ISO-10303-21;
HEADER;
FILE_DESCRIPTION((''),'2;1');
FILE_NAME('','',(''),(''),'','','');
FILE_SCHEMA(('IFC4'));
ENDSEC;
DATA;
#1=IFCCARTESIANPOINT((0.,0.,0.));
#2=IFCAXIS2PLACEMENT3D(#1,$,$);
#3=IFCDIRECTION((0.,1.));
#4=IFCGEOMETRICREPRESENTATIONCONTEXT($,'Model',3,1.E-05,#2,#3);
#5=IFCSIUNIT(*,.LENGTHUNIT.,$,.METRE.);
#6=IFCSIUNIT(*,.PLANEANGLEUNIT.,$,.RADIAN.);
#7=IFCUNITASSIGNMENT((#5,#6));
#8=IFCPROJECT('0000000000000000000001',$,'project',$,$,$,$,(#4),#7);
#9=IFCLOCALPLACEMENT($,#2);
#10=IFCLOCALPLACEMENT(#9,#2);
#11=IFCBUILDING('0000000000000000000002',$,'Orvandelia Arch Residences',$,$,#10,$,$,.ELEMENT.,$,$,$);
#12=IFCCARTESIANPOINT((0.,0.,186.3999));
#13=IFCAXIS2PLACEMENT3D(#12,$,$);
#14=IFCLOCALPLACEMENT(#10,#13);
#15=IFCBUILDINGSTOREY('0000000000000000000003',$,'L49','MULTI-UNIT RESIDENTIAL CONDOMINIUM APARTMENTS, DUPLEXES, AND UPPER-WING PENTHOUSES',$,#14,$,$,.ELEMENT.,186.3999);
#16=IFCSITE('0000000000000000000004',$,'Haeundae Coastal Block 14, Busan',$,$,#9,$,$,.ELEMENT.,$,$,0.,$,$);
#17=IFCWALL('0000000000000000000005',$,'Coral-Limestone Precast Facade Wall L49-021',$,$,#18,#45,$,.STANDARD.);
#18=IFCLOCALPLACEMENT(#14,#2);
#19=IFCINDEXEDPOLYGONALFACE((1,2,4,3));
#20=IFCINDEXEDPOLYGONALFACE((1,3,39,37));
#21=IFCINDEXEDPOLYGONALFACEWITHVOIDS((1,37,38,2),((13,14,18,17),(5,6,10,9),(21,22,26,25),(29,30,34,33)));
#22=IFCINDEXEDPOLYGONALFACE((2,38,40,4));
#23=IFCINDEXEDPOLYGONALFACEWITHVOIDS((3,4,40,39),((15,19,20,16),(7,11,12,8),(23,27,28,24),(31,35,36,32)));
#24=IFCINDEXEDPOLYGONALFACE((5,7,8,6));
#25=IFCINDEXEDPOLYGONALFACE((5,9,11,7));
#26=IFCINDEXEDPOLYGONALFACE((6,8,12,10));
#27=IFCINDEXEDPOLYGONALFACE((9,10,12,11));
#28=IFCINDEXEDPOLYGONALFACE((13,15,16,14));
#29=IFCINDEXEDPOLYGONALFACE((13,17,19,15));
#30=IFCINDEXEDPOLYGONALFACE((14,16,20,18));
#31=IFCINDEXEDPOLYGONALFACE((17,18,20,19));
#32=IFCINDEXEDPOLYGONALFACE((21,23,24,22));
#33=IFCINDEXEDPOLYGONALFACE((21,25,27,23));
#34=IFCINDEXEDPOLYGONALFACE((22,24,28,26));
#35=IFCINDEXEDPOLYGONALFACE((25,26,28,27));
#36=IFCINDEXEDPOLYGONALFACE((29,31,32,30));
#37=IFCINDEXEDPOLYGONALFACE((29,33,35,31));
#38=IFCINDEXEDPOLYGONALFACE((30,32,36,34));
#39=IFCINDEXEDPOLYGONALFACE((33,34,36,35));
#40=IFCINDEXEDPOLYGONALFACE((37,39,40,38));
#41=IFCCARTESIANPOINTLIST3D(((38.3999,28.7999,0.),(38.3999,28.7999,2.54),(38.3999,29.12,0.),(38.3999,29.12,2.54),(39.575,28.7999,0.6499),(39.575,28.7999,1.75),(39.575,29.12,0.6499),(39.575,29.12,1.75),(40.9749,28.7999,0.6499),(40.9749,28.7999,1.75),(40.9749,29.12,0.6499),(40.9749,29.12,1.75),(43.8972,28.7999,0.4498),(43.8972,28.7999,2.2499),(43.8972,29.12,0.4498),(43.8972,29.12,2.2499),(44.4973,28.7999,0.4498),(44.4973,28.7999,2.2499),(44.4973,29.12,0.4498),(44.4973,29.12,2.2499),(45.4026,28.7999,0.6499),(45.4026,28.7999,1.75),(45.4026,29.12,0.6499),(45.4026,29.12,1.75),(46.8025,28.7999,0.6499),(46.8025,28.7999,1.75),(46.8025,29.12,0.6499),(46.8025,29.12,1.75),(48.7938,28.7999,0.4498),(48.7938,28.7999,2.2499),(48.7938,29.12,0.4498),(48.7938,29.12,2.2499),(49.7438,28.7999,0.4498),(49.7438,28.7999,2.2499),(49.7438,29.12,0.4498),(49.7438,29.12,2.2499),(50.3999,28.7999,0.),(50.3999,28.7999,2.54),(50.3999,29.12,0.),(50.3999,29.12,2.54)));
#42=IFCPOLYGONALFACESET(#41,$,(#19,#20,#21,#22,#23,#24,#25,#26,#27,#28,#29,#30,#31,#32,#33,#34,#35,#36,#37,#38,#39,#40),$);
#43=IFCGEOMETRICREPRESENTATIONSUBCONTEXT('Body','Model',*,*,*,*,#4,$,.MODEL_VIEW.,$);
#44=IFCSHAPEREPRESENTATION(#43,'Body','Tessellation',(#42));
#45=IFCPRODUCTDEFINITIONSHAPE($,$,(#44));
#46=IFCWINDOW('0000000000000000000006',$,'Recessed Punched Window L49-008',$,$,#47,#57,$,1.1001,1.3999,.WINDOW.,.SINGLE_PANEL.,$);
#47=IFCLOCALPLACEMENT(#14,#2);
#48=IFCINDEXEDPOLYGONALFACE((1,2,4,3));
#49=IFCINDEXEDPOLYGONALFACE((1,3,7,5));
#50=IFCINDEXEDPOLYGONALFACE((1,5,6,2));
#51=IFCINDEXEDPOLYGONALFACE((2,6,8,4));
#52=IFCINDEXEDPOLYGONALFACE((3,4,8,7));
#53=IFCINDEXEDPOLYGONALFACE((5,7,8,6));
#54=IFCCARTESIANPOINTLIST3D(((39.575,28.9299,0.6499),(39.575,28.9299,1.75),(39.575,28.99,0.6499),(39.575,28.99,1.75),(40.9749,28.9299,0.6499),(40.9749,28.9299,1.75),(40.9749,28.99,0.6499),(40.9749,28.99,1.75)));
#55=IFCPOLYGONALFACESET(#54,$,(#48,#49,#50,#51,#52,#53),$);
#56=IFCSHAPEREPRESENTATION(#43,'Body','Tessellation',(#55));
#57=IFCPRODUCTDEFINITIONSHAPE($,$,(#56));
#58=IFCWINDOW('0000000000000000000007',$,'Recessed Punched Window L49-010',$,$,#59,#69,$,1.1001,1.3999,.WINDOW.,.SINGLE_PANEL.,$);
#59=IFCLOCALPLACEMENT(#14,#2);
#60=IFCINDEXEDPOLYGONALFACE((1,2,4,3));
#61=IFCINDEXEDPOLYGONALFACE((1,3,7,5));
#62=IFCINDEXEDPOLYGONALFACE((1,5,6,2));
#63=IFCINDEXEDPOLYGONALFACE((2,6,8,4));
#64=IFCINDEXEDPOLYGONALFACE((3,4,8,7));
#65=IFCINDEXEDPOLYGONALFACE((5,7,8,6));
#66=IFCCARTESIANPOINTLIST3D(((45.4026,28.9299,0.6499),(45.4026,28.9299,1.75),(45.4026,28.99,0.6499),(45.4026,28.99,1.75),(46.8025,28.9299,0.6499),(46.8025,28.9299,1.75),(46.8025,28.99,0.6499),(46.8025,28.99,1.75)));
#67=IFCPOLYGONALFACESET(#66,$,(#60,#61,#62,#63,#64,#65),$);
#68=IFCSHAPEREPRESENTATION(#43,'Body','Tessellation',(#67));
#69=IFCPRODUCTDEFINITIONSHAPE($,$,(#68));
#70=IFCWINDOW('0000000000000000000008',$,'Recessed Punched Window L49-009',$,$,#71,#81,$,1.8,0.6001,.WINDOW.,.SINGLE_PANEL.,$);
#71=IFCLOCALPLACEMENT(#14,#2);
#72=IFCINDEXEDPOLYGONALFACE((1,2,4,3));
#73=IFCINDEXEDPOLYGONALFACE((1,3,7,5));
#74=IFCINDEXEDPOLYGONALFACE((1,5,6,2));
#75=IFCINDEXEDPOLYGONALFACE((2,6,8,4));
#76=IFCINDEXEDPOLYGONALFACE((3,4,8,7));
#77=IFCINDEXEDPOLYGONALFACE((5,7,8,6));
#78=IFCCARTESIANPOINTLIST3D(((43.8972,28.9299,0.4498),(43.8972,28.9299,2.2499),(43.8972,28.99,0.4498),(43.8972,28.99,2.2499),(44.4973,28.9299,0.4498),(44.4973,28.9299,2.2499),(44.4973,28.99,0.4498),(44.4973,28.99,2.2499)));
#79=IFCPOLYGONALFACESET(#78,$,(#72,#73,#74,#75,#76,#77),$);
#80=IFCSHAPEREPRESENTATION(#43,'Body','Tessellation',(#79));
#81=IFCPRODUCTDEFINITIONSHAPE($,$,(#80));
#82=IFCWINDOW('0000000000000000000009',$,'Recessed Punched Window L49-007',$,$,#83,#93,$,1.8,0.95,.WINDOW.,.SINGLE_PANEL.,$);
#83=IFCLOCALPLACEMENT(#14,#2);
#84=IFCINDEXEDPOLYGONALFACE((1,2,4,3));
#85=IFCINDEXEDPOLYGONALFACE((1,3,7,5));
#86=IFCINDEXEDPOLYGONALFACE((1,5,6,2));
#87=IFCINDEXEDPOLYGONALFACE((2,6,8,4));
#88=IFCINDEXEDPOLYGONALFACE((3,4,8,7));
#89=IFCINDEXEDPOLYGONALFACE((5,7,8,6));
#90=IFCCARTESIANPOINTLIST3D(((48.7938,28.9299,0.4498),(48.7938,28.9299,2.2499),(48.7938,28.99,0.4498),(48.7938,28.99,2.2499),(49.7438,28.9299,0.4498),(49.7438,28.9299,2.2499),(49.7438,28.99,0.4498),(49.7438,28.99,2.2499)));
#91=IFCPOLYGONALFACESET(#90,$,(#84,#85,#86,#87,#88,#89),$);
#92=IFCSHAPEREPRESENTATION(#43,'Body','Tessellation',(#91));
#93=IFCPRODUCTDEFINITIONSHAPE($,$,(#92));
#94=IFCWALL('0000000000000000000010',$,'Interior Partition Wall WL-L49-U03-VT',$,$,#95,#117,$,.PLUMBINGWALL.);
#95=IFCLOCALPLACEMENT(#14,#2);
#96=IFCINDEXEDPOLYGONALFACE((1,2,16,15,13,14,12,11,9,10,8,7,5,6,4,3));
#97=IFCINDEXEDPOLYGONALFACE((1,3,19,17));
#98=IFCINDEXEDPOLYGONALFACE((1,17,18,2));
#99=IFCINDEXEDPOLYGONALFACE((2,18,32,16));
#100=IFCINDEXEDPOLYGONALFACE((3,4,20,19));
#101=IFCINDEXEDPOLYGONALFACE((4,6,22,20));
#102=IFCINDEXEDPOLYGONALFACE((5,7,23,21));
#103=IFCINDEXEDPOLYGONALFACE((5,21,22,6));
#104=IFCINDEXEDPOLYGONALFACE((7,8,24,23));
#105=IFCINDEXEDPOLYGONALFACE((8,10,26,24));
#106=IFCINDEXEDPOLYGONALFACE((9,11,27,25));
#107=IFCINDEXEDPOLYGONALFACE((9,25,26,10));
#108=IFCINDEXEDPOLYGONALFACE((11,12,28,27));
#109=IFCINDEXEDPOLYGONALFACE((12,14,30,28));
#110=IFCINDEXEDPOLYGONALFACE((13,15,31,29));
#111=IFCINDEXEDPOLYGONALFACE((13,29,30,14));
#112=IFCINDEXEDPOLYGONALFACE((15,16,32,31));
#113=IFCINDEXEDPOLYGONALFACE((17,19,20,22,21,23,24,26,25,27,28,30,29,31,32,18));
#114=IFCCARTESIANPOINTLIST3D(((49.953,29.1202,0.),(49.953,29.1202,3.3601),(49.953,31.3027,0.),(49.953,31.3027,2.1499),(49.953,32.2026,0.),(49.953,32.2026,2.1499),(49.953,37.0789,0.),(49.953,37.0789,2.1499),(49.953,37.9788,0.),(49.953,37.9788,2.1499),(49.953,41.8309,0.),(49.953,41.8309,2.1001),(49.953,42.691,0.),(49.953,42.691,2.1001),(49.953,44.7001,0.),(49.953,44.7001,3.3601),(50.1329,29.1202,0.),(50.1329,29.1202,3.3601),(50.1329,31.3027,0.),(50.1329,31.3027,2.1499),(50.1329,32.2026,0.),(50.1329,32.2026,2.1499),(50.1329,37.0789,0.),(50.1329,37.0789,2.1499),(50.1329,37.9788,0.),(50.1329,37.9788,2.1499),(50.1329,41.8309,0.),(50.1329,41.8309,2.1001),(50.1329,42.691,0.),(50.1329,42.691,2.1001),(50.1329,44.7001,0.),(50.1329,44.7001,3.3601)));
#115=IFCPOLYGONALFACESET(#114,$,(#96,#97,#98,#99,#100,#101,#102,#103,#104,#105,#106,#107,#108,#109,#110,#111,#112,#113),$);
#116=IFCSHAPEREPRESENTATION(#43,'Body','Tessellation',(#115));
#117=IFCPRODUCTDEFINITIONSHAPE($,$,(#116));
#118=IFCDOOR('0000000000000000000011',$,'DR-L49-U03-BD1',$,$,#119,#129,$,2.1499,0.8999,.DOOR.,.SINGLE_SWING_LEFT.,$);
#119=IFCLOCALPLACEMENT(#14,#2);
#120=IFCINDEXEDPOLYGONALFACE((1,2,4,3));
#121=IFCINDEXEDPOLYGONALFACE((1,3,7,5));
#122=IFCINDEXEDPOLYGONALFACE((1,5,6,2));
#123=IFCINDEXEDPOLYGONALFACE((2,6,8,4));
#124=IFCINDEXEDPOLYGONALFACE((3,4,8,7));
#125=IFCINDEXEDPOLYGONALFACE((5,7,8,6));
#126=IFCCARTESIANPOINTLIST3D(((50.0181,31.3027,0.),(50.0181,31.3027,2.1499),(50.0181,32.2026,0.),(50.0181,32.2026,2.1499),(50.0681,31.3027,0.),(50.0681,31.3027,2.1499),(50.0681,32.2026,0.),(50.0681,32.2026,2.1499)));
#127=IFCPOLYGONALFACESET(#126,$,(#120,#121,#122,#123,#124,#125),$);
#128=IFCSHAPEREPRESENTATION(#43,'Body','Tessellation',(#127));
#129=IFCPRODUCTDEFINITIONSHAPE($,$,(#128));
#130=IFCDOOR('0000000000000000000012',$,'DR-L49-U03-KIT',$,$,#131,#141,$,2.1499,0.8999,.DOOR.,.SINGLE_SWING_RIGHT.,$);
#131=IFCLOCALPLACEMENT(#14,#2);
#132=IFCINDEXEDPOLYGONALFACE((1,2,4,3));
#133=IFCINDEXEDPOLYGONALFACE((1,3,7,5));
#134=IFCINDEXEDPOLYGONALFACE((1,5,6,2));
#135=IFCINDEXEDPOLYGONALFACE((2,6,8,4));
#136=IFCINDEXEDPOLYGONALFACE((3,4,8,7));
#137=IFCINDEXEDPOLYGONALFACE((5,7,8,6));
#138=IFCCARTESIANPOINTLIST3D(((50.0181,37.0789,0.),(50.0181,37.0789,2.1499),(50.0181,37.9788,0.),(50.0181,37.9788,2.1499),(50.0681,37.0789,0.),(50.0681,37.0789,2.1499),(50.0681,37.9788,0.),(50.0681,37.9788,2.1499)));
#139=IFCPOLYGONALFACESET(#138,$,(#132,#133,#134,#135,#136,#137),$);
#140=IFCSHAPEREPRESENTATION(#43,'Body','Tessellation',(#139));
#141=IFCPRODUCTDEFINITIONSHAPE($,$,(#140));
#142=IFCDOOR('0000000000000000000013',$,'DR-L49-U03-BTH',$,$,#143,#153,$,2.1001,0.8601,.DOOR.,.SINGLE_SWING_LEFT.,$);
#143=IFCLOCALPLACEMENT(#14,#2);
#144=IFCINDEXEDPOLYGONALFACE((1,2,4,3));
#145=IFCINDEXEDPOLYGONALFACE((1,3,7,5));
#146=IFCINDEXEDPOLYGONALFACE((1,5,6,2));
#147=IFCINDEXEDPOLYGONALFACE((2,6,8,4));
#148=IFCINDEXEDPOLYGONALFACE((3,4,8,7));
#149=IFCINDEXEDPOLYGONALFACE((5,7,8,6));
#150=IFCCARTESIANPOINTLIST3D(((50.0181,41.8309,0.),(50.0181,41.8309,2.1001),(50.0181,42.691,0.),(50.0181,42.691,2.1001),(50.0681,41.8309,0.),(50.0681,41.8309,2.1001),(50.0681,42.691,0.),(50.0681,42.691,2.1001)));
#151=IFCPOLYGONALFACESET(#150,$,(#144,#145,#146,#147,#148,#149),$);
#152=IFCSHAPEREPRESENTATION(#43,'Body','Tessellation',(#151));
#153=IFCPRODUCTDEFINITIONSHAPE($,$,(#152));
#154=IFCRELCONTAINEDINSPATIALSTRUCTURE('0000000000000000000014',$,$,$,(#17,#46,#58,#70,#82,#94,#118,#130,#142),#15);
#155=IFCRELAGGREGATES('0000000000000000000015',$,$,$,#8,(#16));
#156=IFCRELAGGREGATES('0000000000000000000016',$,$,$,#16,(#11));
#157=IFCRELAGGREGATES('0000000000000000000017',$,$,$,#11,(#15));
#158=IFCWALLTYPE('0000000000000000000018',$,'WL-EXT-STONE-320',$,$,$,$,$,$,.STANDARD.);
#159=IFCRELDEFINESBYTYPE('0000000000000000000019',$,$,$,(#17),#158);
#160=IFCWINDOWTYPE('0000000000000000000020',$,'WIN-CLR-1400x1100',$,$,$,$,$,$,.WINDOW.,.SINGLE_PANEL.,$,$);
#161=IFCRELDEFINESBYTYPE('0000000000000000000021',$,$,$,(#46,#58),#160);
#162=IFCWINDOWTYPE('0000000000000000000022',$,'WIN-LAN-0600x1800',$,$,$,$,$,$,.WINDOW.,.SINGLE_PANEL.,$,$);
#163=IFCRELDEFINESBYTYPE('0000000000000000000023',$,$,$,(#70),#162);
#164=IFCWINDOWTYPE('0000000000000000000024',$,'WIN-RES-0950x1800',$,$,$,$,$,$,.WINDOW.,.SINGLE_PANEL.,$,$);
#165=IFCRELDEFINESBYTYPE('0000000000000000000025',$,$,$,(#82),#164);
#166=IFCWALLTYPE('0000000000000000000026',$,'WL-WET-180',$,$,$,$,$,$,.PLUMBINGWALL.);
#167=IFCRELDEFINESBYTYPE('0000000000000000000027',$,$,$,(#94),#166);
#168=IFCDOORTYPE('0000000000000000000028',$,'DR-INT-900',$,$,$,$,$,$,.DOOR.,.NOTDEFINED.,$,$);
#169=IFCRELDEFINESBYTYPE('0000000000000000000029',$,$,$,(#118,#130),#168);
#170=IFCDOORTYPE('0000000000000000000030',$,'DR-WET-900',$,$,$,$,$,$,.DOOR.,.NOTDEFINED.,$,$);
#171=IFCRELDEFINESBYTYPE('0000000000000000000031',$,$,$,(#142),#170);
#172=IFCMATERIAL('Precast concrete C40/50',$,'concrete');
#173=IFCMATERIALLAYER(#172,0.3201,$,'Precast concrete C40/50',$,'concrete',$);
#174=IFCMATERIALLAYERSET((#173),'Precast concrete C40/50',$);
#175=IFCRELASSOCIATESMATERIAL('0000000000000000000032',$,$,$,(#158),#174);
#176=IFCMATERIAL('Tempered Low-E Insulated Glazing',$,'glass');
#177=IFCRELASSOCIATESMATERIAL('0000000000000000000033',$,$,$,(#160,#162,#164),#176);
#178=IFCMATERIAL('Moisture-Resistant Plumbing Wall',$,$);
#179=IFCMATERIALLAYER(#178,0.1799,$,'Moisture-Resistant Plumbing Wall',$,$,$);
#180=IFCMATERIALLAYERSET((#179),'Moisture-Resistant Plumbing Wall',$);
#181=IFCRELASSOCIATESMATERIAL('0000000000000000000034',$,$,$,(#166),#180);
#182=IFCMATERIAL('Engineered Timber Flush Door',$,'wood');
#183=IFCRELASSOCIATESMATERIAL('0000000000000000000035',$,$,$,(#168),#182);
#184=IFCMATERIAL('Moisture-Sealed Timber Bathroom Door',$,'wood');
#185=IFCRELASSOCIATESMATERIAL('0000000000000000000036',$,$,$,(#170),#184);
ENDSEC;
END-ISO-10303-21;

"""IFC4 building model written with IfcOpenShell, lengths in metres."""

from ifc_helpers import new_model, si_unit, direction, frame, frame_2d, origin, place, context, subcontext, project, spatial, rectangle, extrude, material, layer, layer_set, type_object, element, fill, save


model = new_model("IFC4")

# Units and contexts
model_context = context("Model", 3, precision=1e-05, world=origin(), true_north=direction((0.0, 1.0)))
body_context = subcontext(model_context, "Body", "Model", "MODEL_VIEW")
ifc_project = project(units=[si_unit("LENGTHUNIT", "METRE"), si_unit("PLANEANGLEUNIT", "RADIAN")], contexts=[model_context])

# Site, building, storey
site_placement = place(None, origin())
site = spatial("IfcSite", under=ifc_project, at=site_placement, Name="Haeundae Coastal Block 14, Busan", CompositionType="ELEMENT", RefElevation=0.0)
building_placement = place(site_placement, origin())
building = spatial("IfcBuilding", under=site, at=building_placement, Name="Orvandelia Arch Residences", CompositionType="ELEMENT")
storey_placement = place(building_placement, frame((0.0, 0.0, 186.3999)))
storey = spatial("IfcBuildingStorey", under=building, at=storey_placement, Name="L49", Description="MULTI-UNIT RESIDENTIAL CONDOMINIUM APARTMENTS, DUPLEXES, AND UPPER-WING PENTHOUSES", CompositionType="ELEMENT", Elevation=186.3999)

# Shared definitions
ifc_material_1 = material(Name="Precast concrete C40/50", Category="concrete")
ifc_layer_1 = layer(ifc_material_1, 0.3201, Name="Precast concrete C40/50", Category="concrete")
ifc_layer_set_1 = layer_set([ifc_layer_1], Name="Precast concrete C40/50")
wall_type_1 = type_object("IfcWallType", Name="WL-EXT-STONE-320", PredefinedType="STANDARD", material=ifc_layer_set_1)

# Wall, openings, windows
wall_1_placement = place(storey_placement, frame((50.3999, 28.96, 0.0), z_axis=(0.0, 0.0, 1.0), x_axis=(-1.0, 0.0, 0.0)))
wall_1 = element("IfcWall", 1, at=wall_1_placement, inside=storey, type_object=wall_type_1, Name="Coral-Limestone Precast Facade Wall L49-021", PredefinedType="STANDARD", context=body_context, shape_type="SweptSolid", body=[
    extrude(rectangle(XDim=12.0, YDim=0.3201, at=frame_2d((6.0, 0.0))), origin(), (0.0, 0.0, 1.0), 2.54),
])
opening_1_placement = place(wall_1_placement, frame((0.656, 0.0, 0.45)))
opening_1 = element("IfcOpeningElement", 2, at=opening_1_placement, cuts=wall_1, PredefinedType="OPENING", context=body_context, shape_type="SweptSolid", body=[
    extrude(rectangle(XDim=0.95, YDim=1.8, at=frame_2d((0.4751, 0.8999))), frame((0.0, 0.1699, 0.0), z_axis=(0.0, -1.0, 0.0), x_axis=(1.0, 0.0, 0.0)), (0.0, 0.0, 1.0), 0.3401),
])
opening_2_placement = place(wall_1_placement, frame((9.425, 0.0, 0.6499)))
opening_2 = element("IfcOpeningElement", 3, at=opening_2_placement, cuts=wall_1, PredefinedType="OPENING", context=body_context, shape_type="SweptSolid", body=[
    extrude(rectangle(XDim=1.3999, YDim=1.1001, at=frame_2d((0.7, 0.55))), frame((0.0, 0.1699, 0.0), z_axis=(0.0, -1.0, 0.0), x_axis=(1.0, 0.0, 0.0)), (0.0, 0.0, 1.0), 0.3401),
])
opening_3_placement = place(wall_1_placement, frame((5.9026, 0.0, 0.45)))
opening_3 = element("IfcOpeningElement", 4, at=opening_3_placement, cuts=wall_1, PredefinedType="OPENING", context=body_context, shape_type="SweptSolid", body=[
    extrude(rectangle(XDim=0.6001, YDim=1.8, at=frame_2d((0.3, 0.8999))), frame((0.0, 0.1699, 0.0), z_axis=(0.0, -1.0, 0.0), x_axis=(1.0, 0.0, 0.0)), (0.0, 0.0, 1.0), 0.3401),
])
opening_4_placement = place(wall_1_placement, frame((3.5974, 0.0, 0.6499)))
opening_4 = element("IfcOpeningElement", 5, at=opening_4_placement, cuts=wall_1, PredefinedType="OPENING", context=body_context, shape_type="SweptSolid", body=[
    extrude(rectangle(XDim=1.3999, YDim=1.1001, at=frame_2d((0.7, 0.55))), frame((0.0, 0.1699, 0.0), z_axis=(0.0, -1.0, 0.0), x_axis=(1.0, 0.0, 0.0)), (0.0, 0.0, 1.0), 0.3401),
])
ifc_material_2 = material(Name="Tempered Low-E Insulated Glazing", Category="glass")
window_type_1 = type_object("IfcWindowType", Name="WIN-CLR-1400x1100", PartitioningType="SINGLE_PANEL", PredefinedType="WINDOW", material=ifc_material_2)
window_1_placement = place(opening_2_placement, origin())
window_1 = element("IfcWindow", 6, at=window_1_placement, inside=storey, type_object=window_type_1, Name="Recessed Punched Window L49-008", OverallHeight=1.1001, OverallWidth=1.3999, PartitioningType="SINGLE_PANEL", PredefinedType="WINDOW", context=body_context, shape_type="SweptSolid", body=[
    extrude(rectangle(XDim=1.3999, YDim=1.1001, at=frame_2d((0.7, 0.55))), frame((0.0, 0.03, 0.0), z_axis=(0.0, -1.0, 0.0), x_axis=(1.0, 0.0, 0.0)), (0.0, 0.0, 1.0), 0.0601),
])
fill(opening_2, window_1)
window_2_placement = place(opening_4_placement, origin())
window_2 = element("IfcWindow", 7, at=window_2_placement, inside=storey, type_object=window_type_1, Name="Recessed Punched Window L49-010", OverallHeight=1.1001, OverallWidth=1.3999, PartitioningType="SINGLE_PANEL", PredefinedType="WINDOW", context=body_context, shape_type="SweptSolid", body=[
    extrude(rectangle(XDim=1.3999, YDim=1.1001, at=frame_2d((0.7, 0.55))), frame((0.0, 0.03, 0.0), z_axis=(0.0, -1.0, 0.0), x_axis=(1.0, 0.0, 0.0)), (0.0, 0.0, 1.0), 0.0601),
])
fill(opening_4, window_2)
window_type_2 = type_object("IfcWindowType", Name="WIN-LAN-0600x1800", PartitioningType="SINGLE_PANEL", PredefinedType="WINDOW", material=ifc_material_2)
window_3_placement = place(opening_3_placement, origin())
window_3 = element("IfcWindow", 8, at=window_3_placement, inside=storey, type_object=window_type_2, Name="Recessed Punched Window L49-009", OverallHeight=1.8, OverallWidth=0.6001, PartitioningType="SINGLE_PANEL", PredefinedType="WINDOW", context=body_context, shape_type="SweptSolid", body=[
    extrude(rectangle(XDim=0.6001, YDim=1.8, at=frame_2d((0.3, 0.8999))), frame((0.0, 0.03, 0.0), z_axis=(0.0, -1.0, 0.0), x_axis=(1.0, 0.0, 0.0)), (0.0, 0.0, 1.0), 0.0601),
])
fill(opening_3, window_3)
window_type_3 = type_object("IfcWindowType", Name="WIN-RES-0950x1800", PartitioningType="SINGLE_PANEL", PredefinedType="WINDOW", material=ifc_material_2)
window_4_placement = place(opening_1_placement, origin())
window_4 = element("IfcWindow", 9, at=window_4_placement, inside=storey, type_object=window_type_3, Name="Recessed Punched Window L49-007", OverallHeight=1.8, OverallWidth=0.95, PartitioningType="SINGLE_PANEL", PredefinedType="WINDOW", context=body_context, shape_type="SweptSolid", body=[
    extrude(rectangle(XDim=0.95, YDim=1.8, at=frame_2d((0.4751, 0.8999))), frame((0.0, 0.03, 0.0), z_axis=(0.0, -1.0, 0.0), x_axis=(1.0, 0.0, 0.0)), (0.0, 0.0, 1.0), 0.0601),
])
fill(opening_1, window_4)

# Wall, openings, doors
ifc_material_3 = material(Name="Moisture-Resistant Plumbing Wall")
ifc_layer_2 = layer(ifc_material_3, 0.1799, Name="Moisture-Resistant Plumbing Wall")
ifc_layer_set_2 = layer_set([ifc_layer_2], Name="Moisture-Resistant Plumbing Wall")
wall_type_2 = type_object("IfcWallType", Name="WL-WET-180", PredefinedType="PLUMBINGWALL", material=ifc_layer_set_2)
wall_2_placement = place(storey_placement, frame((50.043, 29.1201, 0.0), z_axis=(0.0, 0.0, 1.0), x_axis=(0.0, 1.0, 0.0)))
wall_2 = element("IfcWall", 10, at=wall_2_placement, inside=storey, type_object=wall_type_2, Name="Interior Partition Wall WL-L49-U03-VT", PredefinedType="PLUMBINGWALL", context=body_context, shape_type="SweptSolid", body=[
    extrude(rectangle(XDim=15.5798, YDim=0.1799, at=frame_2d((7.79, 0.0))), origin(), (0.0, 0.0, 1.0), 3.3601),
])
opening_5_placement = place(wall_2_placement, frame((2.1826, 0.0, 0.0)))
opening_5 = element("IfcOpeningElement", 11, at=opening_5_placement, cuts=wall_2, PredefinedType="OPENING", context=body_context, shape_type="SweptSolid", body=[
    extrude(rectangle(XDim=0.8999, YDim=2.1499, at=frame_2d((0.45, 1.075))), frame((0.0, 0.1001, 0.0), z_axis=(0.0, -1.0, 0.0), x_axis=(1.0, 0.0, 0.0)), (0.0, 0.0, 1.0), 0.2),
])
opening_6_placement = place(wall_2_placement, frame((7.9587, 0.0, 0.0)))
opening_6 = element("IfcOpeningElement", 12, at=opening_6_placement, cuts=wall_2, PredefinedType="OPENING", context=body_context, shape_type="SweptSolid", body=[
    extrude(rectangle(XDim=0.8999, YDim=2.1499, at=frame_2d((0.45, 1.075))), frame((0.0, 0.1001, 0.0), z_axis=(0.0, -1.0, 0.0), x_axis=(1.0, 0.0, 0.0)), (0.0, 0.0, 1.0), 0.2),
])
opening_7_placement = place(wall_2_placement, frame((12.7107, 0.0, 0.0)))
opening_7 = element("IfcOpeningElement", 13, at=opening_7_placement, cuts=wall_2, PredefinedType="OPENING", context=body_context, shape_type="SweptSolid", body=[
    extrude(rectangle(XDim=0.8601, YDim=2.1001, at=frame_2d((0.4302, 1.05))), frame((0.0, 0.1001, 0.0), z_axis=(0.0, -1.0, 0.0), x_axis=(1.0, 0.0, 0.0)), (0.0, 0.0, 1.0), 0.2),
])
ifc_material_4 = material(Name="Engineered Timber Flush Door", Category="wood")
door_type_1 = type_object("IfcDoorType", Name="DR-INT-900", OperationType="NOTDEFINED", PredefinedType="DOOR", material=ifc_material_4)
door_1_placement = place(opening_5_placement, origin())
door_1 = element("IfcDoor", 14, at=door_1_placement, inside=storey, type_object=door_type_1, Name="DR-L49-U03-BD1", OperationType="SINGLE_SWING_LEFT", OverallHeight=2.1499, OverallWidth=0.8999, PredefinedType="DOOR", context=body_context, shape_type="SweptSolid", body=[
    extrude(rectangle(XDim=0.8999, YDim=2.1499, at=frame_2d((0.45, 1.075))), frame((0.0, 0.0249, 0.0), z_axis=(0.0, -1.0, 0.0), x_axis=(1.0, 0.0, 0.0)), (0.0, 0.0, 1.0), 0.05),
])
fill(opening_5, door_1)
door_2_placement = place(opening_6_placement, origin())
door_2 = element("IfcDoor", 15, at=door_2_placement, inside=storey, type_object=door_type_1, Name="DR-L49-U03-KIT", OperationType="SINGLE_SWING_RIGHT", OverallHeight=2.1499, OverallWidth=0.8999, PredefinedType="DOOR", context=body_context, shape_type="SweptSolid", body=[
    extrude(rectangle(XDim=0.8999, YDim=2.1499, at=frame_2d((0.45, 1.075))), frame((0.0, 0.0249, 0.0), z_axis=(0.0, -1.0, 0.0), x_axis=(1.0, 0.0, 0.0)), (0.0, 0.0, 1.0), 0.05),
])
fill(opening_6, door_2)
ifc_material_5 = material(Name="Moisture-Sealed Timber Bathroom Door", Category="wood")
door_type_2 = type_object("IfcDoorType", Name="DR-WET-900", OperationType="NOTDEFINED", PredefinedType="DOOR", material=ifc_material_5)
door_3_placement = place(opening_7_placement, origin())
door_3 = element("IfcDoor", 16, at=door_3_placement, inside=storey, type_object=door_type_2, Name="DR-L49-U03-BTH", OperationType="SINGLE_SWING_LEFT", OverallHeight=2.1001, OverallWidth=0.8601, PredefinedType="DOOR", context=body_context, shape_type="SweptSolid", body=[
    extrude(rectangle(XDim=0.8601, YDim=2.1001, at=frame_2d((0.4302, 1.05))), frame((0.0, 0.0249, 0.0), z_axis=(0.0, -1.0, 0.0), x_axis=(1.0, 0.0, 0.0)), (0.0, 0.0, 1.0), 0.05),
])
fill(opening_7, door_3)

save(model, "model.ifc")
